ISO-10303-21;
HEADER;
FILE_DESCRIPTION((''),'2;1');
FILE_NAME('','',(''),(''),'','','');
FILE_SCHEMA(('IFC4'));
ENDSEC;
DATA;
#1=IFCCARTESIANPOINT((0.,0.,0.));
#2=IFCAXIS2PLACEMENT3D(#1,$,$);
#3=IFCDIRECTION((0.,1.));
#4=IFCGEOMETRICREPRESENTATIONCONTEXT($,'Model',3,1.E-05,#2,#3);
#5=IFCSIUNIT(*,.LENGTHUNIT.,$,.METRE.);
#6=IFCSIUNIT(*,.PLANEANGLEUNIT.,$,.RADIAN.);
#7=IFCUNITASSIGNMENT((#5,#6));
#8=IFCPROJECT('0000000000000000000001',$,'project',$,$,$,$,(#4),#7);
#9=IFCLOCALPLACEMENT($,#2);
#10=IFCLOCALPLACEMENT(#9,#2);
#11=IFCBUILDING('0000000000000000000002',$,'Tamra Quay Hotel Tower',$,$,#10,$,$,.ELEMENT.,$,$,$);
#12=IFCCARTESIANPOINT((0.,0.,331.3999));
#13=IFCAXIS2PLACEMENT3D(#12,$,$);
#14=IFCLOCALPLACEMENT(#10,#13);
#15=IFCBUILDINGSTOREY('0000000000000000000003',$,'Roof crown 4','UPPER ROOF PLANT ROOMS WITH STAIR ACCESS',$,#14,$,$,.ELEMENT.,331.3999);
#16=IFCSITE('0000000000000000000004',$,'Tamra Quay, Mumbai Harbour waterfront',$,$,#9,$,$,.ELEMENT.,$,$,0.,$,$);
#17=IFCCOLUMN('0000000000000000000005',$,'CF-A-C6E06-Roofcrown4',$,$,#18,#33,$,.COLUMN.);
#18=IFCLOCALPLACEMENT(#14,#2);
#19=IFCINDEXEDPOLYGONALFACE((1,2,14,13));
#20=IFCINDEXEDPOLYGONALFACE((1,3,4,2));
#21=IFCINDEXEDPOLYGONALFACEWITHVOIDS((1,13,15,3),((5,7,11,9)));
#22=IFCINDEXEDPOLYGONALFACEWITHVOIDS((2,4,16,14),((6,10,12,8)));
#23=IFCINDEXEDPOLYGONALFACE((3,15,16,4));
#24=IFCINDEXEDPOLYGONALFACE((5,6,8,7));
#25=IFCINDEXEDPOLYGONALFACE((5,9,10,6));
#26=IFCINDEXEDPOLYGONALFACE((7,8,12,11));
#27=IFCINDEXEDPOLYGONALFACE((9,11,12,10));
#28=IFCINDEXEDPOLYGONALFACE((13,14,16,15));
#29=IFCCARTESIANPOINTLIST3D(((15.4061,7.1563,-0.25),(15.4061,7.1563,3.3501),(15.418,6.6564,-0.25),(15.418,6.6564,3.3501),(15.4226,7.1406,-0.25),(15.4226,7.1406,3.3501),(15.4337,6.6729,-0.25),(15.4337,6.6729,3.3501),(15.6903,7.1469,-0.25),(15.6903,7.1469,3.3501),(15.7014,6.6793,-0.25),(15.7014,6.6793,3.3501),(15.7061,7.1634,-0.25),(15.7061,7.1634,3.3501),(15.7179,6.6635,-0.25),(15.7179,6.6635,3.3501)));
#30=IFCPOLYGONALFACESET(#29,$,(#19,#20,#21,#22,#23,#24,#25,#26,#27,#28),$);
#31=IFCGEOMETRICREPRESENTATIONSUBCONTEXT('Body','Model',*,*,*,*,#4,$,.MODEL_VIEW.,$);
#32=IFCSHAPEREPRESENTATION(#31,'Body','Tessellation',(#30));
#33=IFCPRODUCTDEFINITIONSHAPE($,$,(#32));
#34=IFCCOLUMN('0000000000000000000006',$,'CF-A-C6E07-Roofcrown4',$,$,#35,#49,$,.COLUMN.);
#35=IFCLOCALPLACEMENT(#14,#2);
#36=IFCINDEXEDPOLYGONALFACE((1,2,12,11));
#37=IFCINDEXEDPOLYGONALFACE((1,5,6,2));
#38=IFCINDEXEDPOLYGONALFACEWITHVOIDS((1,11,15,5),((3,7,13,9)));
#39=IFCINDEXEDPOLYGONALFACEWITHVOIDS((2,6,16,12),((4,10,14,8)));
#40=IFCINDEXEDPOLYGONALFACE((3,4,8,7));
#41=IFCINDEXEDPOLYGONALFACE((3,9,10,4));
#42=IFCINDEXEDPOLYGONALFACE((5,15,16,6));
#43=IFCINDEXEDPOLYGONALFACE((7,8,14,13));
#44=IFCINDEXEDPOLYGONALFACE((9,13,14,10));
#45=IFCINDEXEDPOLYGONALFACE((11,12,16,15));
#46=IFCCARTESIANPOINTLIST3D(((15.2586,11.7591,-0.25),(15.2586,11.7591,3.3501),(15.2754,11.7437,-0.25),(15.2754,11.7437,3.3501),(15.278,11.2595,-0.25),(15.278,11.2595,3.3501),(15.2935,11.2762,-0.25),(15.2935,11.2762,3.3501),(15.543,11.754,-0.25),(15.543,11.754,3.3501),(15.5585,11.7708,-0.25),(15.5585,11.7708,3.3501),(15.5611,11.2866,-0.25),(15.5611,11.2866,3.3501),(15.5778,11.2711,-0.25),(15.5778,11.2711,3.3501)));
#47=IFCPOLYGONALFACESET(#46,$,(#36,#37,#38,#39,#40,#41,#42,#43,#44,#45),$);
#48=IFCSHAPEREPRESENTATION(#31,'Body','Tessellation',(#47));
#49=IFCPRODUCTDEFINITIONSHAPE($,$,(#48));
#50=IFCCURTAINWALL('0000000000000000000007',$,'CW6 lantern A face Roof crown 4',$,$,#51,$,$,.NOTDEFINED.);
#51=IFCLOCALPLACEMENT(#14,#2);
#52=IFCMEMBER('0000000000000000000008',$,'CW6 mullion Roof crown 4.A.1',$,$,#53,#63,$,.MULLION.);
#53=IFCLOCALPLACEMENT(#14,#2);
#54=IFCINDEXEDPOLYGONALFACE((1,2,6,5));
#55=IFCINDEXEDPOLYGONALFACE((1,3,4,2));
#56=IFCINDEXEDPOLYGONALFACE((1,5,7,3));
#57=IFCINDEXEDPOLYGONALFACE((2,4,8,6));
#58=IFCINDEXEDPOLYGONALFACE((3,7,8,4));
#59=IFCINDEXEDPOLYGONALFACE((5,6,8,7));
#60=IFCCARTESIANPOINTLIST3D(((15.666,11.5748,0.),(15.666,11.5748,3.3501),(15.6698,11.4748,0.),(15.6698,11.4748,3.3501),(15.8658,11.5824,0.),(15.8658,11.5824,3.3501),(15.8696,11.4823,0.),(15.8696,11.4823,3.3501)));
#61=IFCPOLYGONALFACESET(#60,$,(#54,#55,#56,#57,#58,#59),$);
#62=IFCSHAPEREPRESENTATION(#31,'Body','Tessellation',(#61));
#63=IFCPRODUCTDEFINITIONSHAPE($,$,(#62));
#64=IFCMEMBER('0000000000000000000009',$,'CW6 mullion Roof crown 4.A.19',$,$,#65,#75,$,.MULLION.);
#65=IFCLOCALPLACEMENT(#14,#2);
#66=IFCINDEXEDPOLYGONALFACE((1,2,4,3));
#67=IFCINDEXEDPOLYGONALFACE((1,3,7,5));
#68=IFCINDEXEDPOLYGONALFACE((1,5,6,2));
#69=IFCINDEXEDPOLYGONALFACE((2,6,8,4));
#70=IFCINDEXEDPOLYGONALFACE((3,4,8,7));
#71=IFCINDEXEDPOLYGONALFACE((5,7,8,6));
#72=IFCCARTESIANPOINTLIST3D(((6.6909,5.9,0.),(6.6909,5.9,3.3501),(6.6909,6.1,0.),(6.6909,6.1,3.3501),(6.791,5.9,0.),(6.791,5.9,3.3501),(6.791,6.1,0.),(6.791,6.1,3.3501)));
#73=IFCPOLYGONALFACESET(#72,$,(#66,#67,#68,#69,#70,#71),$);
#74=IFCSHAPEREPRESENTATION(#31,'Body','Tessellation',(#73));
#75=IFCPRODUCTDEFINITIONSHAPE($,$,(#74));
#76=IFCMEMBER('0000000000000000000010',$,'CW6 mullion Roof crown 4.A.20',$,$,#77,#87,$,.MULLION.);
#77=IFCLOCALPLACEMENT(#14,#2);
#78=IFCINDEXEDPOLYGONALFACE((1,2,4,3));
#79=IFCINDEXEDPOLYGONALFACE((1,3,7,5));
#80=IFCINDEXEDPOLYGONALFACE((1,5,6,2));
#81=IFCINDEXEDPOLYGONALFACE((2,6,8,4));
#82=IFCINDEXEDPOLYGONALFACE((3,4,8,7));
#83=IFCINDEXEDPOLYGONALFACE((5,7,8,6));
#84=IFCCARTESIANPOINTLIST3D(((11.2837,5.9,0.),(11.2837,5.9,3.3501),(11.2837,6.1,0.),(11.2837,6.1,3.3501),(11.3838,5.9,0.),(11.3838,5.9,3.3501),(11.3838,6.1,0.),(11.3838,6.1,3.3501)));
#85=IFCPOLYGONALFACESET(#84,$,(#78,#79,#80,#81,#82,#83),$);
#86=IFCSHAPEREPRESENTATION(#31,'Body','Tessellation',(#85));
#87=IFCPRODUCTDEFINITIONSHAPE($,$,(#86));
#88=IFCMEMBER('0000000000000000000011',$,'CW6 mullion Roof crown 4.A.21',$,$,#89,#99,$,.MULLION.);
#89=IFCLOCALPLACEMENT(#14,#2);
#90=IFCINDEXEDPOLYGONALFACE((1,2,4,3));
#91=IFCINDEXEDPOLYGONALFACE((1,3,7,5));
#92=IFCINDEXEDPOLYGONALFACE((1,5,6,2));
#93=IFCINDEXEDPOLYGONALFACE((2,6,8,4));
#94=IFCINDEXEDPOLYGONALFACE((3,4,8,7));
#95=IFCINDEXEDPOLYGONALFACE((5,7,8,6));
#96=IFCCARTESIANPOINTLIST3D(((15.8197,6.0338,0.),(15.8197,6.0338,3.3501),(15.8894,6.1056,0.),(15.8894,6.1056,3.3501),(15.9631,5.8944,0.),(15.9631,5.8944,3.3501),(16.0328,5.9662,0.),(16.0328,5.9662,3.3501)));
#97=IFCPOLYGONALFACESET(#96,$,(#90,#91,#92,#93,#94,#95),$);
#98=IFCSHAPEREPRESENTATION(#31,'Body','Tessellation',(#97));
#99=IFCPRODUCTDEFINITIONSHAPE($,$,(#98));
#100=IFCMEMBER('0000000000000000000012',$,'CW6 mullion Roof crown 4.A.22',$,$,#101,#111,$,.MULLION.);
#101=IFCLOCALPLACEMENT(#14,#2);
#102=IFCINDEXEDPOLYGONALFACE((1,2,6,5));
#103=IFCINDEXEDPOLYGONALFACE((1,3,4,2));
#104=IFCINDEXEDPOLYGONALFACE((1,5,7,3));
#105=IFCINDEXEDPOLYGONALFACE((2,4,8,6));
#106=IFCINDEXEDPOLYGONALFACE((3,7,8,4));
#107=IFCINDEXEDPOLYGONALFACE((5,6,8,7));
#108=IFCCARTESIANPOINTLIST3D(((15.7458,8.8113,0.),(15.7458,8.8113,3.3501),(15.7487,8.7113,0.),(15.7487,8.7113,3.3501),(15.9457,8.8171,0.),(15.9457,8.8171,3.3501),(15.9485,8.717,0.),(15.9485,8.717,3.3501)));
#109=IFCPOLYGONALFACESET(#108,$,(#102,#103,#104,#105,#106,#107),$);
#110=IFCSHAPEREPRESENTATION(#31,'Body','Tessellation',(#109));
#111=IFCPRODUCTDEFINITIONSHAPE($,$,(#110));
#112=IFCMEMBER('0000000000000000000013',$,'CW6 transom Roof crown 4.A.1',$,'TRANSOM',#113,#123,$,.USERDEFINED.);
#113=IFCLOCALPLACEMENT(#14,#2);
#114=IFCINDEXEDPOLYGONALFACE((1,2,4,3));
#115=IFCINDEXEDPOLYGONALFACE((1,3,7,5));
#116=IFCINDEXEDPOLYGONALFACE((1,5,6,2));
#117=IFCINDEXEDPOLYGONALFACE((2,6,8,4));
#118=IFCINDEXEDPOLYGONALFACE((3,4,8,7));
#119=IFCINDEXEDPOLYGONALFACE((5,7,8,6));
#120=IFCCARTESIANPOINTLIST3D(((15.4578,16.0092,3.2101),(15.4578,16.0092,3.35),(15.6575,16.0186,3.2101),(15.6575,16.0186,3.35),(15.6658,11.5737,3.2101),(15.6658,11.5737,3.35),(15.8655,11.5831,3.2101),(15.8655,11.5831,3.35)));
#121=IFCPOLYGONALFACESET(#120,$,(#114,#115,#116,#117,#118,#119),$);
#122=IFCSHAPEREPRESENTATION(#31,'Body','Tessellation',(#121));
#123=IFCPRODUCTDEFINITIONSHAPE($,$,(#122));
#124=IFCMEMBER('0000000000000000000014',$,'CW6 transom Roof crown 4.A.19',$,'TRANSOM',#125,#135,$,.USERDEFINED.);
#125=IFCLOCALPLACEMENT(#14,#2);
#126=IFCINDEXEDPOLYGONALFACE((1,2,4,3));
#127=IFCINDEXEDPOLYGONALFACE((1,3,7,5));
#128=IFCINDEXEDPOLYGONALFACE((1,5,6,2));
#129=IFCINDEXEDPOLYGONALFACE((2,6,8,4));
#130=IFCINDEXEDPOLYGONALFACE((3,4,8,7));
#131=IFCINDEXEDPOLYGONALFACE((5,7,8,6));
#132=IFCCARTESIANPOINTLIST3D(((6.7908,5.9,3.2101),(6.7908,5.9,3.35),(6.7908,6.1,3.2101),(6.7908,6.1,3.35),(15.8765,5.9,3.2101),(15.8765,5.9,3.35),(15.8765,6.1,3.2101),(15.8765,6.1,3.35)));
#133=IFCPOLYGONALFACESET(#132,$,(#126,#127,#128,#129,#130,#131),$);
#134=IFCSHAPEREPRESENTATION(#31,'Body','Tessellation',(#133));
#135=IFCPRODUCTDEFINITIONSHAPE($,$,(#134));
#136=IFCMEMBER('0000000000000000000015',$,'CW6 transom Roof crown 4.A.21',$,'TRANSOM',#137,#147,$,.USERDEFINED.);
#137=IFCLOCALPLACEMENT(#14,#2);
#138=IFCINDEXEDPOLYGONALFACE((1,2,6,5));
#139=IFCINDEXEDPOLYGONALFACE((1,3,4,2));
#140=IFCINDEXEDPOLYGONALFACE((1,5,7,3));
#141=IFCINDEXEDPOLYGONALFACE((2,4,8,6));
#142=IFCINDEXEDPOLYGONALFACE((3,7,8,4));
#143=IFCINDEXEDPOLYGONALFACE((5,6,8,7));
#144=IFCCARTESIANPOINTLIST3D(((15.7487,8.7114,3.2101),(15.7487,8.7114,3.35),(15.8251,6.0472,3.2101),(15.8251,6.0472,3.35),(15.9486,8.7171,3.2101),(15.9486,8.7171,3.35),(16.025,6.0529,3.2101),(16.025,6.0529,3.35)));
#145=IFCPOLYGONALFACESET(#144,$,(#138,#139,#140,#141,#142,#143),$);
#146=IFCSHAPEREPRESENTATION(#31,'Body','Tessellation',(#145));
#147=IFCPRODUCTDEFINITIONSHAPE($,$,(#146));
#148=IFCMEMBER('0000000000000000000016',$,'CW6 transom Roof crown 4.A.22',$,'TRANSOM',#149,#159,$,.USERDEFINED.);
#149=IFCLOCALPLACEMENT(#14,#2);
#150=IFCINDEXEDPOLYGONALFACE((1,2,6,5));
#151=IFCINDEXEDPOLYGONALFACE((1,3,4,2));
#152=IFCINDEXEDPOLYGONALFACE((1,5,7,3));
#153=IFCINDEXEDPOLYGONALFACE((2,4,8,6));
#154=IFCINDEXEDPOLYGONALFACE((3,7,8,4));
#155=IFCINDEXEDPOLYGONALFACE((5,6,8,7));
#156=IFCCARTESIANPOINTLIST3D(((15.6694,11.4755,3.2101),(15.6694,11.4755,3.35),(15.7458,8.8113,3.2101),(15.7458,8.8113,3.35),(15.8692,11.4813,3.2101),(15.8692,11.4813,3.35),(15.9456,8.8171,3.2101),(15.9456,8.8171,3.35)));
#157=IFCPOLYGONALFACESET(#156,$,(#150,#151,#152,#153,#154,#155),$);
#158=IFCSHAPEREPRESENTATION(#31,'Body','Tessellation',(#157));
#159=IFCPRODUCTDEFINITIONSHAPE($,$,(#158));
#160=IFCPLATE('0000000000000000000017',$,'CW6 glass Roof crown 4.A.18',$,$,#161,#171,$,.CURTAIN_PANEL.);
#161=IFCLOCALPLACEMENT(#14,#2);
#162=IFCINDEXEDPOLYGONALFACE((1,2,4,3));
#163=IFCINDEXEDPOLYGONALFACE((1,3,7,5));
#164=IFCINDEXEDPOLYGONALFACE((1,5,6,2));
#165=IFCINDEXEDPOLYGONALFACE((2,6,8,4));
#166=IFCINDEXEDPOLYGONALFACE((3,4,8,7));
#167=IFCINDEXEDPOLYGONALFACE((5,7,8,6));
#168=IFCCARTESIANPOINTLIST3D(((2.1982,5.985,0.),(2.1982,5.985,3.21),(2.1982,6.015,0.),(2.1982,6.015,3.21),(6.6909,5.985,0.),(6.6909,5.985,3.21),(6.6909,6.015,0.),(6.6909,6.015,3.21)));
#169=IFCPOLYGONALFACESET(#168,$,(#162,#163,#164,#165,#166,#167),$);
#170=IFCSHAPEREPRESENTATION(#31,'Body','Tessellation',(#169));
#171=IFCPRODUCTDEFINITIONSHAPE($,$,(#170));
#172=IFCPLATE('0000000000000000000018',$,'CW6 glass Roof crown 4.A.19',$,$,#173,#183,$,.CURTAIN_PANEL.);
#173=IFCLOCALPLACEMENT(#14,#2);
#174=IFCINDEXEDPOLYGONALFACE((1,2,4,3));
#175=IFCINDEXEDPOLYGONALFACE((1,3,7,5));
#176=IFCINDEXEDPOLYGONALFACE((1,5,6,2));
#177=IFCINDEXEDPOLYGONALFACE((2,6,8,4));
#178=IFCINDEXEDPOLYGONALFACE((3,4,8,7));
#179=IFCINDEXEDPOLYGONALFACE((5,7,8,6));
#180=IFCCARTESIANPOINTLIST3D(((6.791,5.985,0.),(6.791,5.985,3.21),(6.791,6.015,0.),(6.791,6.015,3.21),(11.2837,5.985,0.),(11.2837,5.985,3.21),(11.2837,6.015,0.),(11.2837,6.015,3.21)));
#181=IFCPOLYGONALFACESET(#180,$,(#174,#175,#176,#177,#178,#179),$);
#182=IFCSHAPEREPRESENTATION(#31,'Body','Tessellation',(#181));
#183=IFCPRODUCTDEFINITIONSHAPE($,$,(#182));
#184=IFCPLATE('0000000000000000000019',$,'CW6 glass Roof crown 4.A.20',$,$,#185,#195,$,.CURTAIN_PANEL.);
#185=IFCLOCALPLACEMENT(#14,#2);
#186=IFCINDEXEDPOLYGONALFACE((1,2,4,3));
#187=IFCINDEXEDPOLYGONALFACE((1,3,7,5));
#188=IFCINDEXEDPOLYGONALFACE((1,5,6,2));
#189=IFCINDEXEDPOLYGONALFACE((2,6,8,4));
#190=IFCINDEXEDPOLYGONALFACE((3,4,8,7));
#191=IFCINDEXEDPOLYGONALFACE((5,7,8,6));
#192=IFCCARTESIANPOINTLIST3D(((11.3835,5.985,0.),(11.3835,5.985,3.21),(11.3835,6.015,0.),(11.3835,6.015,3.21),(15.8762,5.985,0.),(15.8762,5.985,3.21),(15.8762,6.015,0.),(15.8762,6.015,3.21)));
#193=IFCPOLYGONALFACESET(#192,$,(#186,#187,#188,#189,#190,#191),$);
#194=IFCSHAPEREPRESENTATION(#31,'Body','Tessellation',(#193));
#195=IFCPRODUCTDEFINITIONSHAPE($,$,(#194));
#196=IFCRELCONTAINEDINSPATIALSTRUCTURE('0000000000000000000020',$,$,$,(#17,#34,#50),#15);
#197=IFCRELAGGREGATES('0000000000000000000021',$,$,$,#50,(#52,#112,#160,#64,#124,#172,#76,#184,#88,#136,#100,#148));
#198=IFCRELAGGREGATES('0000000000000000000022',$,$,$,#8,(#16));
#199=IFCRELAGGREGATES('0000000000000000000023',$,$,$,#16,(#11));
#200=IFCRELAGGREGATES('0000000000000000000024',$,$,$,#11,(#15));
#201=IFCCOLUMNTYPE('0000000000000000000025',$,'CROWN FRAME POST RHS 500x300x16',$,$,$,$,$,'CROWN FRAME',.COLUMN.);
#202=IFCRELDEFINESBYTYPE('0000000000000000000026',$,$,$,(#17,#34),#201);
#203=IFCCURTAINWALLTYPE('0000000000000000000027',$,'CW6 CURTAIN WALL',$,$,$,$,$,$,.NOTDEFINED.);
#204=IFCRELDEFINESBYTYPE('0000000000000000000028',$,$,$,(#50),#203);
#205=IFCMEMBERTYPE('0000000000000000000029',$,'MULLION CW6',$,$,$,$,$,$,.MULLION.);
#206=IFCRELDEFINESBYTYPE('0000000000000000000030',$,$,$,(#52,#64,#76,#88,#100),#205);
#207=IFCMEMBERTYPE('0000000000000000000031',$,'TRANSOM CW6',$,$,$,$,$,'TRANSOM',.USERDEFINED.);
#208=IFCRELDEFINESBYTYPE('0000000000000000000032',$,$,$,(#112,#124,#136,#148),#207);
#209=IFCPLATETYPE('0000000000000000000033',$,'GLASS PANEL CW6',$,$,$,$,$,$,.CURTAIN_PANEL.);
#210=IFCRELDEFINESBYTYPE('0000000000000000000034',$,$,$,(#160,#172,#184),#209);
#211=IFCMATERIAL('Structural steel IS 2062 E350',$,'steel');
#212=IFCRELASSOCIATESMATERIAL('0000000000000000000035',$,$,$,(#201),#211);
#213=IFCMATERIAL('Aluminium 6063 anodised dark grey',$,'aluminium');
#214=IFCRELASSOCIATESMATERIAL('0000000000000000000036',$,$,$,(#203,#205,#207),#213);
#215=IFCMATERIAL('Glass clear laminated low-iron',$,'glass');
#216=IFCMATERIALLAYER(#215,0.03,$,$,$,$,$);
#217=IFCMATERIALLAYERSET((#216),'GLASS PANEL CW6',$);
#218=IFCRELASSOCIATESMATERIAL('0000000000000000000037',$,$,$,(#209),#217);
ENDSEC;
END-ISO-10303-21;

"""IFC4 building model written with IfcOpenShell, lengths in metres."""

from ifc_helpers import new_model, si_unit, direction, frame, origin, origin_2d, place, context, subcontext, project, spatial, rectangle, hollow_rectangle, extrude, material, layer, layer_set, material_profile, profile_set, type_object, element, aggregate, save


model = new_model("IFC4")

# Units and contexts
model_context = context("Model", 3, precision=1e-05, world=origin(), true_north=direction((0.0, 1.0)))
body_context = subcontext(model_context, "Body", "Model", "MODEL_VIEW")
ifc_project = project(units=[si_unit("LENGTHUNIT", "METRE"), si_unit("PLANEANGLEUNIT", "RADIAN")], contexts=[model_context])

# Site, building, storey
site_placement = place(None, origin())
site = spatial("IfcSite", under=ifc_project, at=site_placement, Name="Tamra Quay, Mumbai Harbour waterfront", CompositionType="ELEMENT", RefElevation=0.0)
building_placement = place(site_placement, origin())
building = spatial("IfcBuilding", under=site, at=building_placement, Name="Tamra Quay Hotel Tower", CompositionType="ELEMENT")
storey_placement = place(building_placement, frame((0.0, 0.0, 331.3999)))
storey = spatial("IfcBuildingStorey", under=building, at=storey_placement, Name="Roof crown 4", Description="UPPER ROOF PLANT ROOMS WITH STAIR ACCESS", CompositionType="ELEMENT", Elevation=331.3999)

# Columns
ifc_material_1 = material(Name="Structural steel IS 2062 E350", Category="steel")
ifc_material_profile_1 = material_profile(ifc_material_1, hollow_rectangle(XDim=0.3, YDim=0.5, WallThickness=0.0161, at=origin_2d()), Name="RHS 500x300x16")
ifc_profile_set_1 = profile_set([ifc_material_profile_1], Name="Structural steel IS 2062 E350")
column_type = type_object("IfcColumnType", Name="CROWN FRAME POST RHS 500x300x16", ElementType="CROWN FRAME", PredefinedType="COLUMN", material=ifc_profile_set_1)
for number, where, z_axis, x_axis, name in (
    (1, (15.562, 6.9099, -0.25), (0.0, 0.0, 1.0), (0.999718, 0.023753, 0.0), "CF-A-C6E06-Roofcrown4"),
    (2, (15.4182, 11.5151, -0.25), (0.0, 0.0, 1.0), (0.999251, 0.038691, 0.0), "CF-A-C6E07-Roofcrown4"),
):
    element("IfcColumn", number, at=place(storey_placement, frame(where, z_axis=z_axis, x_axis=x_axis)), inside=storey, type_object=column_type, Name=name, PredefinedType="COLUMN", context=body_context, shape_type="SweptSolid", body=[
        extrude(hollow_rectangle(XDim=0.3, YDim=0.5, WallThickness=0.0161, at=origin_2d()), origin(), (0.0, 0.0, 1.0), 3.6001),
    ])

# Curtain wall, members, plates
ifc_material_2 = material(Name="Aluminium 6063 anodised dark grey", Category="aluminium")
curtain_wall_type = type_object("IfcCurtainWallType", Name="CW6 CURTAIN WALL", PredefinedType="NOTDEFINED", material=ifc_material_2)
curtain_wall_placement = place(storey_placement, origin())
curtain_wall = element("IfcCurtainWall", 3, at=curtain_wall_placement, inside=storey, type_object=curtain_wall_type, Name="CW6 lantern A face Roof crown 4", PredefinedType="NOTDEFINED")
ifc_material_profile_2 = material_profile(ifc_material_2, rectangle(XDim=0.2, YDim=0.1001, at=origin_2d()), Name="MULLION 100X200")
ifc_profile_set_2 = profile_set([ifc_material_profile_2], Name="Aluminium 6063 anodised dark grey")
member_type_1 = type_object("IfcMemberType", Name="MULLION CW6", PredefinedType="MULLION", material=ifc_profile_set_2)
member_1_placement = place(storey_placement, frame((15.7678, 11.5286, 0.0), z_axis=(0.0, 0.0, 1.0), x_axis=(0.999288, 0.037737, 0.0)))
member_1 = element("IfcMember", 4, at=member_1_placement, type_object=member_type_1, Name="CW6 mullion Roof crown 4.A.1", PredefinedType="MULLION", context=body_context, shape_type="SweptSolid", body=[
    extrude(rectangle(XDim=0.2, YDim=0.1001, at=origin_2d()), origin(), (0.0, 0.0, 1.0), 3.3501),
])
member_2_placement = place(storey_placement, frame((6.741, 6.0, 0.0), z_axis=(0.0, 0.0, 1.0), x_axis=(0.0, -1.0, 0.0)))
member_2 = element("IfcMember", 5, at=member_2_placement, type_object=member_type_1, Name="CW6 mullion Roof crown 4.A.19", PredefinedType="MULLION", context=body_context, shape_type="SweptSolid", body=[
    extrude(rectangle(XDim=0.2, YDim=0.1001, at=origin_2d()), origin(), (0.0, 0.0, 1.0), 3.3501),
])
member_3_placement = place(storey_placement, frame((11.3337, 6.0, 0.0), z_axis=(0.0, 0.0, 1.0), x_axis=(0.0, -1.0, 0.0)))
member_3 = element("IfcMember", 6, at=member_3_placement, type_object=member_type_1, Name="CW6 mullion Roof crown 4.A.20", PredefinedType="MULLION", context=body_context, shape_type="SweptSolid", body=[
    extrude(rectangle(XDim=0.2, YDim=0.1001, at=origin_2d()), origin(), (0.0, 0.0, 1.0), 3.3501),
])
member_4_placement = place(storey_placement, frame((15.9263, 6.0, 0.0), z_axis=(0.0, 0.0, 1.0), x_axis=(0.717164, -0.696904, 0.0)))
member_4 = element("IfcMember", 7, at=member_4_placement, type_object=member_type_1, Name="CW6 mullion Roof crown 4.A.21", PredefinedType="MULLION", context=body_context, shape_type="SweptSolid", body=[
    extrude(rectangle(XDim=0.2, YDim=0.1001, at=origin_2d()), origin(), (0.0, 0.0, 1.0), 3.3501),
])
member_5_placement = place(storey_placement, frame((15.8472, 8.7642, 0.0), z_axis=(0.0, 0.0, 1.0), x_axis=(0.99959, 0.02865, 0.0)))
member_5 = element("IfcMember", 8, at=member_5_placement, type_object=member_type_1, Name="CW6 mullion Roof crown 4.A.22", PredefinedType="MULLION", context=body_context, shape_type="SweptSolid", body=[
    extrude(rectangle(XDim=0.2, YDim=0.1001, at=origin_2d()), origin(), (0.0, 0.0, 1.0), 3.3501),
])
ifc_material_profile_3 = material_profile(ifc_material_2, rectangle(XDim=0.2, YDim=0.1399, at=origin_2d()), Name="TRANSOM 200X140")
ifc_profile_set_3 = profile_set([ifc_material_profile_3], Name="Aluminium 6063 anodised dark grey")
member_type_2 = type_object("IfcMemberType", Name="TRANSOM CW6", ElementType="TRANSOM", PredefinedType="USERDEFINED", material=ifc_profile_set_3)
member_6_placement = place(storey_placement, frame((15.7656, 11.5784, 3.28), z_axis=(-0.046844, 0.998902, 0.0), x_axis=(-0.998902, -0.046844, 0.0)))
member_6 = element("IfcMember", 9, at=member_6_placement, type_object=member_type_2, Name="CW6 transom Roof crown 4.A.1", ObjectType="TRANSOM", PredefinedType="USERDEFINED", context=body_context, shape_type="SweptSolid", body=[
    extrude(rectangle(XDim=0.2, YDim=0.1399, at=origin_2d()), origin(), (0.0, 0.0, 1.0), 4.4404),
])
member_7_placement = place(storey_placement, frame((6.7908, 6.0, 3.28), z_axis=(1.0, 0.0, 0.0), x_axis=(0.0, 1.0, 0.0)))
member_7 = element("IfcMember", 10, at=member_7_placement, type_object=member_type_2, Name="CW6 transom Roof crown 4.A.19", ObjectType="TRANSOM", PredefinedType="USERDEFINED", context=body_context, shape_type="SweptSolid", body=[
    extrude(rectangle(XDim=0.2, YDim=0.1399, at=origin_2d()), origin(), (0.0, 0.0, 1.0), 9.0857),
])
member_8_placement = place(storey_placement, frame((15.925, 6.05, 3.28), z_axis=(-0.02867, 0.999589, 0.0), x_axis=(-0.999589, -0.02867, 0.0)))
member_8 = element("IfcMember", 11, at=member_8_placement, type_object=member_type_2, Name="CW6 transom Roof crown 4.A.21", ObjectType="TRANSOM", PredefinedType="USERDEFINED", context=body_context, shape_type="SweptSolid", body=[
    extrude(rectangle(XDim=0.2, YDim=0.1399, at=origin_2d()), origin(), (0.0, 0.0, 1.0), 2.6653),
])
member_9_placement = place(storey_placement, frame((15.8457, 8.8142, 3.28), z_axis=(-0.02867, 0.999589, 0.0), x_axis=(-0.999589, -0.02867, 0.0)))
member_9 = element("IfcMember", 12, at=member_9_placement, type_object=member_type_2, Name="CW6 transom Roof crown 4.A.22", ObjectType="TRANSOM", PredefinedType="USERDEFINED", context=body_context, shape_type="SweptSolid", body=[
    extrude(rectangle(XDim=0.2, YDim=0.1399, at=origin_2d()), origin(), (0.0, 0.0, 1.0), 2.6653),
])
ifc_material_3 = material(Name="Glass clear laminated low-iron", Category="glass")
ifc_layer_1 = layer(ifc_material_3, 0.03)
ifc_layer_set_1 = layer_set([ifc_layer_1], Name="GLASS PANEL CW6")
plate_type = type_object("IfcPlateType", Name="GLASS PANEL CW6", PredefinedType="CURTAIN_PANEL", material=ifc_layer_set_1)
plate_1_placement = place(storey_placement, frame((4.4446, 6.0, 0.0), z_axis=(0.0, 0.0, 1.0), x_axis=(1.0, 0.0, 0.0)))
plate_1 = element("IfcPlate", 13, at=plate_1_placement, type_object=plate_type, Name="CW6 glass Roof crown 4.A.18", PredefinedType="CURTAIN_PANEL", context=body_context, shape_type="SweptSolid", body=[
    extrude(rectangle(XDim=4.4927, YDim=0.03, at=origin_2d()), origin(), (0.0, 0.0, 1.0), 3.21),
])
plate_2_placement = place(storey_placement, frame((9.0374, 6.0, 0.0), z_axis=(0.0, 0.0, 1.0), x_axis=(1.0, 0.0, 0.0)))
plate_2 = element("IfcPlate", 14, at=plate_2_placement, type_object=plate_type, Name="CW6 glass Roof crown 4.A.19", PredefinedType="CURTAIN_PANEL", context=body_context, shape_type="SweptSolid", body=[
    extrude(rectangle(XDim=4.4927, YDim=0.03, at=origin_2d()), origin(), (0.0, 0.0, 1.0), 3.21),
])
plate_3_placement = place(storey_placement, frame((13.6299, 6.0, 0.0), z_axis=(0.0, 0.0, 1.0), x_axis=(1.0, 0.0, 0.0)))
plate_3 = element("IfcPlate", 15, at=plate_3_placement, type_object=plate_type, Name="CW6 glass Roof crown 4.A.20", PredefinedType="CURTAIN_PANEL", context=body_context, shape_type="SweptSolid", body=[
    extrude(rectangle(XDim=4.4927, YDim=0.03, at=origin_2d()), origin(), (0.0, 0.0, 1.0), 3.21),
])
aggregate(curtain_wall, [member_1, member_6, plate_1, member_2, member_7, plate_2, member_3, plate_3, member_4, member_8, member_5, member_9])

save(model, "model.ifc")
